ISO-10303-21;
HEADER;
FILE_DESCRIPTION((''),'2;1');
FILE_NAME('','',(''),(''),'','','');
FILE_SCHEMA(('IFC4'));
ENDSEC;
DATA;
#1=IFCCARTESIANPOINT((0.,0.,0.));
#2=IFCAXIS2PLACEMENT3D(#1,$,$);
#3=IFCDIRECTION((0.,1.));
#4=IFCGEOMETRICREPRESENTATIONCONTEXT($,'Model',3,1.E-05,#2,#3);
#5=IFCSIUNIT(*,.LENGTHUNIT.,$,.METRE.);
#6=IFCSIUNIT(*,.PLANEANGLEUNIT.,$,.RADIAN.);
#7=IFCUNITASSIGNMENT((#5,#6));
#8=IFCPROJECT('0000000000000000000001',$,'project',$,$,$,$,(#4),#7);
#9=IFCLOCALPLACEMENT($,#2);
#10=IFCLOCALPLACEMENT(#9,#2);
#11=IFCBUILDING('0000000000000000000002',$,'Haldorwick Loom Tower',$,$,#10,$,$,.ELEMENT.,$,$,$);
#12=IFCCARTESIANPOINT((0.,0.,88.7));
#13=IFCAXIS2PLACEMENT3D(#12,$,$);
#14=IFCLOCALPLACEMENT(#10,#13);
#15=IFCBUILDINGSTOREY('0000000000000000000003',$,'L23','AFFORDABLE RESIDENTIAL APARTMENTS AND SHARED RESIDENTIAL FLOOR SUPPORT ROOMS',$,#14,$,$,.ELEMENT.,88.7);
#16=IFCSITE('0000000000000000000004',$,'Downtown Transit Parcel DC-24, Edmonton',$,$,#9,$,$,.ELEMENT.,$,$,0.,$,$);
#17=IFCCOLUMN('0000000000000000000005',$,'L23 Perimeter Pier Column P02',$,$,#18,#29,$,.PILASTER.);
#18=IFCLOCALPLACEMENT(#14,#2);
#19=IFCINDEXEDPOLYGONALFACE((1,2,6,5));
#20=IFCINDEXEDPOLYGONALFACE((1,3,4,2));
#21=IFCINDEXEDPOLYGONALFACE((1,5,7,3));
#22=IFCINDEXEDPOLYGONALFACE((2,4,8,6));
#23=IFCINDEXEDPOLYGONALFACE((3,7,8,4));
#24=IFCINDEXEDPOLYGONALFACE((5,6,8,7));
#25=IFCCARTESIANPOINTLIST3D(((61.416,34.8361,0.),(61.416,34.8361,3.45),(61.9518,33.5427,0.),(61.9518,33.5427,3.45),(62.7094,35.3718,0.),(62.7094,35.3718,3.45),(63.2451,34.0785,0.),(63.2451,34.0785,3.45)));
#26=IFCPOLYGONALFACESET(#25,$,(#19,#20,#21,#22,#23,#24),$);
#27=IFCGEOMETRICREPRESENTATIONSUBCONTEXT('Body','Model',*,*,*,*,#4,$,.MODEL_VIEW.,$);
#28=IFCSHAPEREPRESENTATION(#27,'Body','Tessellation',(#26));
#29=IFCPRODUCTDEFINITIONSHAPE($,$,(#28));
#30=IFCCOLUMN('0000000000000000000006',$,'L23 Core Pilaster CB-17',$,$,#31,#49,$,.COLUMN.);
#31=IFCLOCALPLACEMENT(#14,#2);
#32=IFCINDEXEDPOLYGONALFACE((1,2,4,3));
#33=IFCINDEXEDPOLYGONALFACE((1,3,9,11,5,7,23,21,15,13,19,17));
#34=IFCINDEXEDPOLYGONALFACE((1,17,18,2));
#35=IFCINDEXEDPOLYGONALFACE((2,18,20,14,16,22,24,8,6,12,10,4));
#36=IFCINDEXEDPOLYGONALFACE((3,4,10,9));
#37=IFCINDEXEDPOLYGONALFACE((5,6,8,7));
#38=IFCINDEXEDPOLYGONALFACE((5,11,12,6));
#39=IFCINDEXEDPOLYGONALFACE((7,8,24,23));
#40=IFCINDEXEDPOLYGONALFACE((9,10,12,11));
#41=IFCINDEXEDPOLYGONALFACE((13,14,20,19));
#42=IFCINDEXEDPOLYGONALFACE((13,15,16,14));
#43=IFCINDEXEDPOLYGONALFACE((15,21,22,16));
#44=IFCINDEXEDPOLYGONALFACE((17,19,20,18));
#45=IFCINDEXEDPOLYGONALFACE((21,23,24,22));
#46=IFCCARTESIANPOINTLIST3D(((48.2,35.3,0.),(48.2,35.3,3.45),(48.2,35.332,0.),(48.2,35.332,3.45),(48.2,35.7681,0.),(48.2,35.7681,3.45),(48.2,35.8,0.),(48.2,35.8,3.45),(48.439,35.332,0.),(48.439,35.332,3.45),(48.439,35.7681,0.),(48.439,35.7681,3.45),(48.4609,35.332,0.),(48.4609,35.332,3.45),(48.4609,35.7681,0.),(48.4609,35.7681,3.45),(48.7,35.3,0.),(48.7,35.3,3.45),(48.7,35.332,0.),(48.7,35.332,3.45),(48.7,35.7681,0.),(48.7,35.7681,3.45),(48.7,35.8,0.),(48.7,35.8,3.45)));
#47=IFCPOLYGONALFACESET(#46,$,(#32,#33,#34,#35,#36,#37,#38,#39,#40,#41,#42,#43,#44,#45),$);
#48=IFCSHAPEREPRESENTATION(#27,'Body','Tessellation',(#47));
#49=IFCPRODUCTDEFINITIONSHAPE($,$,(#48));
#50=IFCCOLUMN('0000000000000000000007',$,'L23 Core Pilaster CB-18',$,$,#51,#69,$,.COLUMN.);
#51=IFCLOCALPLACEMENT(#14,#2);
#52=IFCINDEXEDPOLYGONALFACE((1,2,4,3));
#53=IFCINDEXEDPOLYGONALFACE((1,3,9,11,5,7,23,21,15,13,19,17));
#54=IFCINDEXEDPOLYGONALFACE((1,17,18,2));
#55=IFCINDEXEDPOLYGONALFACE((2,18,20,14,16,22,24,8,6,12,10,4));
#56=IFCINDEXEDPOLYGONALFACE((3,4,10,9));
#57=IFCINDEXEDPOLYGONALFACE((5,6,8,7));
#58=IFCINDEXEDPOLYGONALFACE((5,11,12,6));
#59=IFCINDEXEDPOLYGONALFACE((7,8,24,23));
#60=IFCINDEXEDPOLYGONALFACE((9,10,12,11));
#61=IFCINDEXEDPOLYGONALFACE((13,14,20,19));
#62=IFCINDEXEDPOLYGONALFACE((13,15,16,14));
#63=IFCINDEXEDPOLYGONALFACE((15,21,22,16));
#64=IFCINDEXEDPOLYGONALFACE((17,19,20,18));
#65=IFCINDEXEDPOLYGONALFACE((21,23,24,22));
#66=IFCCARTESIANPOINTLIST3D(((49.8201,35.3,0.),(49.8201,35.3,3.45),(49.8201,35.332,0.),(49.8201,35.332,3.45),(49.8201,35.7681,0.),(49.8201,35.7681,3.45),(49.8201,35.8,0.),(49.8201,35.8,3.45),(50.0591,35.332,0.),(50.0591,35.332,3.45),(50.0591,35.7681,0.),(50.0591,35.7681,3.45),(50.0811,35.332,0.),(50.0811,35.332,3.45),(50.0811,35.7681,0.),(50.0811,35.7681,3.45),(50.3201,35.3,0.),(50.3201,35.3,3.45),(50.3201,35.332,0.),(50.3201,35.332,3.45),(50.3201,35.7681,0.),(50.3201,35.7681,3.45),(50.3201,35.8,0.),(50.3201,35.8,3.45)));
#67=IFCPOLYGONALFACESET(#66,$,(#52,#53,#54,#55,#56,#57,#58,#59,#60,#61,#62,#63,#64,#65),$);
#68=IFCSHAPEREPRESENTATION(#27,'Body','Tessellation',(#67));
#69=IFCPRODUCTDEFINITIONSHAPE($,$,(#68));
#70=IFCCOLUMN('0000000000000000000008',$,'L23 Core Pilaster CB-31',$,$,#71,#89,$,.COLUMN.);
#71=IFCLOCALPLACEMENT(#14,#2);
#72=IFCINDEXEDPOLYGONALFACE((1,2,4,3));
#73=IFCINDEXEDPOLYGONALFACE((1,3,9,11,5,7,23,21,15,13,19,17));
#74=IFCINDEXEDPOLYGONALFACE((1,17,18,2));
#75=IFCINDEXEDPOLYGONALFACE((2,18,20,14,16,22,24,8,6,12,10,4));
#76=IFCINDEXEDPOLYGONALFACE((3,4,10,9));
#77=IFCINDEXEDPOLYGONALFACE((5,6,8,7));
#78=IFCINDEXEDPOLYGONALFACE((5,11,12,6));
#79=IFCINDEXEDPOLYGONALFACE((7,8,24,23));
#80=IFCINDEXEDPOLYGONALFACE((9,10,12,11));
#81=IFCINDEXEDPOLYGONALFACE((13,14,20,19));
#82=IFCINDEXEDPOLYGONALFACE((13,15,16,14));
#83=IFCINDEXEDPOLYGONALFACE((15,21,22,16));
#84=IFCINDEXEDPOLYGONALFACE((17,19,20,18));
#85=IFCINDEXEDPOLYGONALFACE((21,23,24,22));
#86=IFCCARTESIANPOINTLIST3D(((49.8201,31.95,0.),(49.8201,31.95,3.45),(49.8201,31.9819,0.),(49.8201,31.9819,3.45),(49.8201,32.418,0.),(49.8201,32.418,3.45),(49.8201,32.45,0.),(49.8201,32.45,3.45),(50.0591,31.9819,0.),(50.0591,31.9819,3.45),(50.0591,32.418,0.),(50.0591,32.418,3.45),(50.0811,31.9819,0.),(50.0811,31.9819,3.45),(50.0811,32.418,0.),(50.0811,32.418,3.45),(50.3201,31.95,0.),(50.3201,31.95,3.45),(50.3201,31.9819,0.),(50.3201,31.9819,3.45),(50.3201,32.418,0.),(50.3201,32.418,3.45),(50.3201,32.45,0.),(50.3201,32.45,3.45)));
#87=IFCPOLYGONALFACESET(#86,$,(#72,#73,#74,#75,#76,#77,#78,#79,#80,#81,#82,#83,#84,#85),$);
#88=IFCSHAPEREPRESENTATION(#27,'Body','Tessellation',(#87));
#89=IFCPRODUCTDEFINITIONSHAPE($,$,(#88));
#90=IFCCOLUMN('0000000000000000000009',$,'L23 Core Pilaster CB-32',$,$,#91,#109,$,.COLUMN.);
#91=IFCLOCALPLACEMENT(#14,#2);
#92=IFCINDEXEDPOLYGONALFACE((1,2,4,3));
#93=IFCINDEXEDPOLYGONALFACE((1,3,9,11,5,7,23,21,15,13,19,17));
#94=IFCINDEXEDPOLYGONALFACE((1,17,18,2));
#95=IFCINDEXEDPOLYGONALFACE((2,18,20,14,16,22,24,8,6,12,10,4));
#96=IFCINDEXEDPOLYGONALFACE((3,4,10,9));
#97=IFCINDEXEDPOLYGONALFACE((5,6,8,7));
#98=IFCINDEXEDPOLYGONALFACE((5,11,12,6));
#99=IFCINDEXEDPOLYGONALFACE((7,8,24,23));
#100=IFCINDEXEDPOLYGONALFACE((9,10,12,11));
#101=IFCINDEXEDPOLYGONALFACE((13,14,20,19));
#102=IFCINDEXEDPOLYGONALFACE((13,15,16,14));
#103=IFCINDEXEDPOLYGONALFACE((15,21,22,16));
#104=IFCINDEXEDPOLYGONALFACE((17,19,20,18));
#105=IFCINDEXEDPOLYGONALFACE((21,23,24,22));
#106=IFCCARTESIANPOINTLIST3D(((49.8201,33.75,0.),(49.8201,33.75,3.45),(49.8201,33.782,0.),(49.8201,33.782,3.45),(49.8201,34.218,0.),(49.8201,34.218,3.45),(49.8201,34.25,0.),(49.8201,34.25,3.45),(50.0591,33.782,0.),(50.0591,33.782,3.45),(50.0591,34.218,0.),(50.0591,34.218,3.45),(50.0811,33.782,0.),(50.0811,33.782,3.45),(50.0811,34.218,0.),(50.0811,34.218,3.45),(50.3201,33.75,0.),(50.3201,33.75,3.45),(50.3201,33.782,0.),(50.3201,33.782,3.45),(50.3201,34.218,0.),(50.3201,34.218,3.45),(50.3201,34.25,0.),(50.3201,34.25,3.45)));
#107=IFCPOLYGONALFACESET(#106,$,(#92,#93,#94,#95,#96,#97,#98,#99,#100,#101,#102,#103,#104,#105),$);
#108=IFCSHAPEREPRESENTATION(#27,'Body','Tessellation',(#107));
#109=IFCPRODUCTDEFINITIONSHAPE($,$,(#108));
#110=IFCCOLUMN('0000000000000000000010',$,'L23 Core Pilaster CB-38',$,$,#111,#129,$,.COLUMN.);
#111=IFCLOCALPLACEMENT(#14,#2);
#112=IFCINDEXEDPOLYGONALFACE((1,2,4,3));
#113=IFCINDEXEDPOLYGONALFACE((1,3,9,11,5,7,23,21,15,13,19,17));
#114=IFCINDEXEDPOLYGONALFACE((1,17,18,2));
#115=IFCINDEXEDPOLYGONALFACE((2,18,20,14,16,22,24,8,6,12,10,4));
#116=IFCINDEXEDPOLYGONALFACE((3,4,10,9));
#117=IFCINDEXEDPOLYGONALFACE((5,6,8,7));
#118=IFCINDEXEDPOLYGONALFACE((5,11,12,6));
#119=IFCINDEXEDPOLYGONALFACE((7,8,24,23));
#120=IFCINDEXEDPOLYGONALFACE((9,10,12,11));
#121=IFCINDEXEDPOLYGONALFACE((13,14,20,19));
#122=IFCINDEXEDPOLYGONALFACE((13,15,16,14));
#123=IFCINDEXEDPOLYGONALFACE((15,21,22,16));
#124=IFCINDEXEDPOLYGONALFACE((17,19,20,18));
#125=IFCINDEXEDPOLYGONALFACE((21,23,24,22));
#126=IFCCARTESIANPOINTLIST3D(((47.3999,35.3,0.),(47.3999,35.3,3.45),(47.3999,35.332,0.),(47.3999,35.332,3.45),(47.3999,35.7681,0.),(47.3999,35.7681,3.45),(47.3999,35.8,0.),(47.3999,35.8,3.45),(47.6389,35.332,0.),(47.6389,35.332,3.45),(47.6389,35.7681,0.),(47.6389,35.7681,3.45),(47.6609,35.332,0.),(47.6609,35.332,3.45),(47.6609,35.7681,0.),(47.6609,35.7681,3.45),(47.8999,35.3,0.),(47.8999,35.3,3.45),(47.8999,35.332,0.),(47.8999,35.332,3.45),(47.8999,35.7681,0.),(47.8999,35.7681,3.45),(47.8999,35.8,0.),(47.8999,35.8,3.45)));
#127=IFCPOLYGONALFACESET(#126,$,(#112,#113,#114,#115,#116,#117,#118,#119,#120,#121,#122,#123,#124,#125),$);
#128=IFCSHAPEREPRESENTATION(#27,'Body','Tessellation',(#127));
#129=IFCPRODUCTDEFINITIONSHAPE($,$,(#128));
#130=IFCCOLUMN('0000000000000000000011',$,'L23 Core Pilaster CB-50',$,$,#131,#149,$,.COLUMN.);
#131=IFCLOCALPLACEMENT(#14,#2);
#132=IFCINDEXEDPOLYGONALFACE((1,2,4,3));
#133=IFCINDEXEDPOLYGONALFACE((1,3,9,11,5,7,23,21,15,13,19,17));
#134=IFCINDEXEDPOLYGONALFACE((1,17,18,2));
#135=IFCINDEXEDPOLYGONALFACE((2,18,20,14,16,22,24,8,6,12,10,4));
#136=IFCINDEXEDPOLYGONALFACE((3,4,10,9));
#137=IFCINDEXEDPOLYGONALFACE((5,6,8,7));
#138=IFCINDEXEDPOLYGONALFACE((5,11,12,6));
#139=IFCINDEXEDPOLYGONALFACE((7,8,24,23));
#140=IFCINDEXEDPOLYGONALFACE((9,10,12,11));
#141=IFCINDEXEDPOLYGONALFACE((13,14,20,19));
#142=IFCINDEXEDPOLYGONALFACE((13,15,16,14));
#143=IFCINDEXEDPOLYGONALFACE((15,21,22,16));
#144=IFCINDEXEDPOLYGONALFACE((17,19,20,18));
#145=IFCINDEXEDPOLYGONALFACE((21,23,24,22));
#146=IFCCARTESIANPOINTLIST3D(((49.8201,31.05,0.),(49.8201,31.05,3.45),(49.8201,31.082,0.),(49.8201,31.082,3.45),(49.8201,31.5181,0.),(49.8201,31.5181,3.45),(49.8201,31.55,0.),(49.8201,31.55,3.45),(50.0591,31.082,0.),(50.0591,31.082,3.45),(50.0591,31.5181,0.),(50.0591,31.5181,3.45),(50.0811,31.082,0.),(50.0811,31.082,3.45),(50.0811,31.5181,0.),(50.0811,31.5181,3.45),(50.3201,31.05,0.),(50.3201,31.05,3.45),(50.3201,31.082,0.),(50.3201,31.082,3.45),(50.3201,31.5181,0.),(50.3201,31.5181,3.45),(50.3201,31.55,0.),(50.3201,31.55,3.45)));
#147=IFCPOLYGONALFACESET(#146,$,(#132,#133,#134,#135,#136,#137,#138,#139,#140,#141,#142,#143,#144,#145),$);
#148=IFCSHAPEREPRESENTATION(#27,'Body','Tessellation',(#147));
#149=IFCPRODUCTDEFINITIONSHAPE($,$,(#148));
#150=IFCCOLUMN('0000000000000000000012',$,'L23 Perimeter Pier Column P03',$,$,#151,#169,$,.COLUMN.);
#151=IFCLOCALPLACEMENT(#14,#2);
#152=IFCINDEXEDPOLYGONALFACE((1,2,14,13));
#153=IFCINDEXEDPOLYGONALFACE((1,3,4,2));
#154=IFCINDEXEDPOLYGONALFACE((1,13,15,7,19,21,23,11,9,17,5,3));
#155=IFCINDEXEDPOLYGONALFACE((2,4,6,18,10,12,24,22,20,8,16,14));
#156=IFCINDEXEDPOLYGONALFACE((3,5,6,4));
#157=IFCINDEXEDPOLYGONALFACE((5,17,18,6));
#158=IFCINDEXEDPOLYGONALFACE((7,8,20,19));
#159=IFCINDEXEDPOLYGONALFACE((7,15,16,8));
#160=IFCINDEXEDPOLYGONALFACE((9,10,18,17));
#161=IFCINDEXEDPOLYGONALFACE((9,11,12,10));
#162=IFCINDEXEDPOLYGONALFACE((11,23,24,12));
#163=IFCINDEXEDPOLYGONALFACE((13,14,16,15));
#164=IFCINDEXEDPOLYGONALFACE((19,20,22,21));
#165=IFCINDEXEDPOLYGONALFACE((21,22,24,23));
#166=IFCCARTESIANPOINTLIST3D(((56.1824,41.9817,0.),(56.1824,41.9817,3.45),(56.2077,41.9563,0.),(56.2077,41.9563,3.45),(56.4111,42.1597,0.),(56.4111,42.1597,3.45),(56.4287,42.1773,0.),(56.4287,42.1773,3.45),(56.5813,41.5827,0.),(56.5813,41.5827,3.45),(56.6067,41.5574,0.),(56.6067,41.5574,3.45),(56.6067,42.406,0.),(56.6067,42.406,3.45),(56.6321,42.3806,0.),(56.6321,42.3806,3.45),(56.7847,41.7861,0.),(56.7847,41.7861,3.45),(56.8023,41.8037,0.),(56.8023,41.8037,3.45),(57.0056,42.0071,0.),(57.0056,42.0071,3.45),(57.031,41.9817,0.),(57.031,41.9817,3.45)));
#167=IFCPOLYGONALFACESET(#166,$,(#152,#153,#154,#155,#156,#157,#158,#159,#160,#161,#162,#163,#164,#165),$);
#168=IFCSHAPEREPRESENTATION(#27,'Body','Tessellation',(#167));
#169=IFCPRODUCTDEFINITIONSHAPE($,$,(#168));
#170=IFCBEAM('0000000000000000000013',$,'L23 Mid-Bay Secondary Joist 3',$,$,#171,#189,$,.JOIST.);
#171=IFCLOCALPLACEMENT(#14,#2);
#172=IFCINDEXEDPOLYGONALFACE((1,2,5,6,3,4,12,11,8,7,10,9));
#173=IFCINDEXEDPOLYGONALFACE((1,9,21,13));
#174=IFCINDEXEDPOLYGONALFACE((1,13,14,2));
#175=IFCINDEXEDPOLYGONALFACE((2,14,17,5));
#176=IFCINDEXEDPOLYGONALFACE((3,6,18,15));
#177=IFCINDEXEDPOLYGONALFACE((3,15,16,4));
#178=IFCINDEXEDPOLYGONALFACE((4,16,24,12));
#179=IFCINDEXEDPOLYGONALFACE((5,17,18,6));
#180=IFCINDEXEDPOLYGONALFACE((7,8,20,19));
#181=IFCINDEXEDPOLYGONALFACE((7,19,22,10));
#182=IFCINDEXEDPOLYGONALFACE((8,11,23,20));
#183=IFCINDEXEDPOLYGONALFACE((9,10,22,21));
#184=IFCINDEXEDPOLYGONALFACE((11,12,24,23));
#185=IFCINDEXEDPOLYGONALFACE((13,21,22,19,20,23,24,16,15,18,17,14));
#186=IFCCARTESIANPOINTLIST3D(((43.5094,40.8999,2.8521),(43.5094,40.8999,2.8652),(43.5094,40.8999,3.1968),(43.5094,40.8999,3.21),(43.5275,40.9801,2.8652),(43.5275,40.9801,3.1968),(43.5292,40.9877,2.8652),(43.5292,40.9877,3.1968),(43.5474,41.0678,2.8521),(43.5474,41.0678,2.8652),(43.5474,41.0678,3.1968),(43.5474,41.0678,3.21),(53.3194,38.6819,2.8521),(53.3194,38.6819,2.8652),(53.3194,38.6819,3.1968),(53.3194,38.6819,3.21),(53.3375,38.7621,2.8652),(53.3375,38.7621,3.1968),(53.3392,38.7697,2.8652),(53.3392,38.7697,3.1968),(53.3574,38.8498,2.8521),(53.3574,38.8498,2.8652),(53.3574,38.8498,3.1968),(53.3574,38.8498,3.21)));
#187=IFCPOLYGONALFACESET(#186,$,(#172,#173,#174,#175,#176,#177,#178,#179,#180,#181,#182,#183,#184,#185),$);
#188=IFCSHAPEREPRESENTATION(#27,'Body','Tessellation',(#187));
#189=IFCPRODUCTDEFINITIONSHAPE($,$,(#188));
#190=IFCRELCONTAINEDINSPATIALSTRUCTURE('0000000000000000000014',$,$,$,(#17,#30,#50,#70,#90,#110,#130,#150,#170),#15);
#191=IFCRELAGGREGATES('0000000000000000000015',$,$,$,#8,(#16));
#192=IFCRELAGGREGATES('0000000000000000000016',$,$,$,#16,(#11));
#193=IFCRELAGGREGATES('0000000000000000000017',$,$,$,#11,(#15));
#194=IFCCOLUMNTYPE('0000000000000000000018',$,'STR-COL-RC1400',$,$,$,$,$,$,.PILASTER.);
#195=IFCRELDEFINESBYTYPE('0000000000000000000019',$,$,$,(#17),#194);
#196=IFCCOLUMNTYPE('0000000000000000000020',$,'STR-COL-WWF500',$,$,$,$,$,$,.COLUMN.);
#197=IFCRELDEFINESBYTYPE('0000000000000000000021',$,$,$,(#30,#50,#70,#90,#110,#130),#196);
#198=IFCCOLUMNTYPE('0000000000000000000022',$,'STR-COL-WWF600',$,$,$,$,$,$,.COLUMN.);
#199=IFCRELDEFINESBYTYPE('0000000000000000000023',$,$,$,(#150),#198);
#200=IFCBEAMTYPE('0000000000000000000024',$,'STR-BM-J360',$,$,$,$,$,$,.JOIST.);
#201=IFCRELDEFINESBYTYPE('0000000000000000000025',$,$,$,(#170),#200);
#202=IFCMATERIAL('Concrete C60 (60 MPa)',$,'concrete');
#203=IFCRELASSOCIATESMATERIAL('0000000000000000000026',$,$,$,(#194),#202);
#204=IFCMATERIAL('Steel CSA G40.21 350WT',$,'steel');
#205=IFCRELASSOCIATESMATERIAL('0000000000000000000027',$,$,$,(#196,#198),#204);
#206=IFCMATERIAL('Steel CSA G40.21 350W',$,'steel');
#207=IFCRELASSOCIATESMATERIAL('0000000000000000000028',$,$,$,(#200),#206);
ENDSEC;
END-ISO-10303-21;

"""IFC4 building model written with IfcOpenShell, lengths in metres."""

from ifc_helpers import new_model, si_unit, direction, frame, origin, origin_2d, place, context, subcontext, project, spatial, rectangle, i_section, extrude, material, material_profile, profile_set, type_object, element, save


model = new_model("IFC4")

# Units and contexts
model_context = context("Model", 3, precision=1e-05, world=origin(), true_north=direction((0.0, 1.0)))
body_context = subcontext(model_context, "Body", "Model", "MODEL_VIEW")
ifc_project = project(units=[si_unit("LENGTHUNIT", "METRE"), si_unit("PLANEANGLEUNIT", "RADIAN")], contexts=[model_context])

# Site, building, storey
site_placement = place(None, origin())
site = spatial("IfcSite", under=ifc_project, at=site_placement, Name="Downtown Transit Parcel DC-24, Edmonton", CompositionType="ELEMENT", RefElevation=0.0)
building_placement = place(site_placement, origin())
building = spatial("IfcBuilding", under=site, at=building_placement, Name="Haldorwick Loom Tower", CompositionType="ELEMENT")
storey_placement = place(building_placement, frame((0.0, 0.0, 88.7)))
storey = spatial("IfcBuildingStorey", under=building, at=storey_placement, Name="L23", Description="AFFORDABLE RESIDENTIAL APARTMENTS AND SHARED RESIDENTIAL FLOOR SUPPORT ROOMS", CompositionType="ELEMENT", Elevation=88.7)

# Columns
ifc_material_1 = material(Name="Concrete C60 (60 MPa)", Category="concrete")
ifc_material_profile_1 = material_profile(ifc_material_1, rectangle(XDim=1.3999, YDim=1.3999, at=origin_2d()), Name="RC1400X1400", Category="concrete")
ifc_profile_set_1 = profile_set([ifc_material_profile_1], Name="Concrete C60 (60 MPa)")
column_type_1 = type_object("IfcColumnType", Name="STR-COL-RC1400", PredefinedType="PILASTER", material=ifc_profile_set_1)
column_1_placement = place(storey_placement, frame((62.3306, 34.4573, 0.0), z_axis=(0.0, 0.0, 1.0), x_axis=(0.92388, 0.382683, 0.0)))
element("IfcColumn", 1, at=column_1_placement, inside=storey, type_object=column_type_1, Name="L23 Perimeter Pier Column P02", PredefinedType="PILASTER", context=body_context, shape_type="SweptSolid", body=[
    extrude(rectangle(XDim=1.3999, YDim=1.3999, at=origin_2d()), origin(), (0.0, 0.0, 1.0), 3.45),
])
ifc_material_2 = material(Name="Steel CSA G40.21 350WT", Category="steel")
ifc_material_profile_2 = material_profile(ifc_material_2, i_section(OverallWidth=0.5, OverallDepth=0.5, WebThickness=0.022, FlangeThickness=0.032, at=origin_2d()), Name="WWF500X500", Category="steel")
ifc_profile_set_2 = profile_set([ifc_material_profile_2], Name="Steel CSA G40.21 350WT")
column_type_2 = type_object("IfcColumnType", Name="STR-COL-WWF500", PredefinedType="COLUMN", material=ifc_profile_set_2)
for number, where, z_axis, x_axis, name in (
    (2, (48.45, 35.55, 0.0), (0.0, 0.0, 1.0), (1.0, 0.0, 0.0), "L23 Core Pilaster CB-17"),
    (3, (50.0701, 35.55, 0.0), (0.0, 0.0, 1.0), (1.0, 0.0, 0.0), "L23 Core Pilaster CB-18"),
    (4, (50.0701, 32.2, 0.0), (0.0, 0.0, 1.0), (1.0, 0.0, 0.0), "L23 Core Pilaster CB-31"),
    (5, (50.0701, 34.0, 0.0), (0.0, 0.0, 1.0), (1.0, 0.0, 0.0), "L23 Core Pilaster CB-32"),
    (6, (47.6499, 35.55, 0.0), (0.0, 0.0, 1.0), (1.0, 0.0, 0.0), "L23 Core Pilaster CB-38"),
    (7, (50.0701, 31.3, 0.0), (0.0, 0.0, 1.0), (1.0, 0.0, 0.0), "L23 Core Pilaster CB-50"),
):
    element("IfcColumn", number, at=place(storey_placement, frame(where, z_axis=z_axis, x_axis=x_axis)), inside=storey, type_object=column_type_2, Name=name, PredefinedType="COLUMN", context=body_context, shape_type="SweptSolid", body=[
        extrude(i_section(OverallWidth=0.5, OverallDepth=0.5, WebThickness=0.022, FlangeThickness=0.032, at=origin_2d()), origin(), (0.0, 0.0, 1.0), 3.45),
    ])
ifc_material_profile_3 = material_profile(ifc_material_2, i_section(OverallWidth=0.6001, OverallDepth=0.6001, WebThickness=0.0249, FlangeThickness=0.0359, at=origin_2d()), Name="WWF600X600", Category="steel")
ifc_profile_set_3 = profile_set([ifc_material_profile_3], Name="Steel CSA G40.21 350WT")
column_type_3 = type_object("IfcColumnType", Name="STR-COL-WWF600", PredefinedType="COLUMN", material=ifc_profile_set_3)
column_2_placement = place(storey_placement, frame((56.6067, 41.9817, 0.0), z_axis=(0.0, 0.0, 1.0), x_axis=(0.707107, 0.707107, 0.0)))
element("IfcColumn", 8, at=column_2_placement, inside=storey, type_object=column_type_3, Name="L23 Perimeter Pier Column P03", PredefinedType="COLUMN", context=body_context, shape_type="SweptSolid", body=[
    extrude(i_section(OverallWidth=0.6001, OverallDepth=0.6001, WebThickness=0.0249, FlangeThickness=0.0359, at=origin_2d()), origin(), (0.0, 0.0, 1.0), 3.45),
])

# Beam
ifc_material_3 = material(Name="Steel CSA G40.21 350W", Category="steel")
ifc_material_profile_4 = material_profile(ifc_material_3, i_section(OverallWidth=0.1721, OverallDepth=0.3579, WebThickness=0.0078, FlangeThickness=0.0132, at=origin_2d()), Name="W360X57", Category="steel")
ifc_profile_set_4 = profile_set([ifc_material_profile_4], Name="Steel CSA G40.21 350W")
beam_type_1 = type_object("IfcBeamType", Name="STR-BM-J360", PredefinedType="JOIST", material=ifc_profile_set_4)
beam_1_placement = place(storey_placement, frame((53.3384, 38.7659, 3.031), z_axis=(-0.97538, 0.22053, 0.0), x_axis=(-0.22053, -0.97538, 0.0)))
element("IfcBeam", 9, at=beam_1_placement, inside=storey, type_object=beam_type_1, Name="L23 Mid-Bay Secondary Joist 3", PredefinedType="JOIST", context=body_context, shape_type="SweptSolid", body=[
    extrude(i_section(OverallWidth=0.1721, OverallDepth=0.3579, WebThickness=0.0078, FlangeThickness=0.0132, at=origin_2d()), origin(), (0.0, 0.0, 1.0), 10.0576),
])

save(model, "model.ifc")
